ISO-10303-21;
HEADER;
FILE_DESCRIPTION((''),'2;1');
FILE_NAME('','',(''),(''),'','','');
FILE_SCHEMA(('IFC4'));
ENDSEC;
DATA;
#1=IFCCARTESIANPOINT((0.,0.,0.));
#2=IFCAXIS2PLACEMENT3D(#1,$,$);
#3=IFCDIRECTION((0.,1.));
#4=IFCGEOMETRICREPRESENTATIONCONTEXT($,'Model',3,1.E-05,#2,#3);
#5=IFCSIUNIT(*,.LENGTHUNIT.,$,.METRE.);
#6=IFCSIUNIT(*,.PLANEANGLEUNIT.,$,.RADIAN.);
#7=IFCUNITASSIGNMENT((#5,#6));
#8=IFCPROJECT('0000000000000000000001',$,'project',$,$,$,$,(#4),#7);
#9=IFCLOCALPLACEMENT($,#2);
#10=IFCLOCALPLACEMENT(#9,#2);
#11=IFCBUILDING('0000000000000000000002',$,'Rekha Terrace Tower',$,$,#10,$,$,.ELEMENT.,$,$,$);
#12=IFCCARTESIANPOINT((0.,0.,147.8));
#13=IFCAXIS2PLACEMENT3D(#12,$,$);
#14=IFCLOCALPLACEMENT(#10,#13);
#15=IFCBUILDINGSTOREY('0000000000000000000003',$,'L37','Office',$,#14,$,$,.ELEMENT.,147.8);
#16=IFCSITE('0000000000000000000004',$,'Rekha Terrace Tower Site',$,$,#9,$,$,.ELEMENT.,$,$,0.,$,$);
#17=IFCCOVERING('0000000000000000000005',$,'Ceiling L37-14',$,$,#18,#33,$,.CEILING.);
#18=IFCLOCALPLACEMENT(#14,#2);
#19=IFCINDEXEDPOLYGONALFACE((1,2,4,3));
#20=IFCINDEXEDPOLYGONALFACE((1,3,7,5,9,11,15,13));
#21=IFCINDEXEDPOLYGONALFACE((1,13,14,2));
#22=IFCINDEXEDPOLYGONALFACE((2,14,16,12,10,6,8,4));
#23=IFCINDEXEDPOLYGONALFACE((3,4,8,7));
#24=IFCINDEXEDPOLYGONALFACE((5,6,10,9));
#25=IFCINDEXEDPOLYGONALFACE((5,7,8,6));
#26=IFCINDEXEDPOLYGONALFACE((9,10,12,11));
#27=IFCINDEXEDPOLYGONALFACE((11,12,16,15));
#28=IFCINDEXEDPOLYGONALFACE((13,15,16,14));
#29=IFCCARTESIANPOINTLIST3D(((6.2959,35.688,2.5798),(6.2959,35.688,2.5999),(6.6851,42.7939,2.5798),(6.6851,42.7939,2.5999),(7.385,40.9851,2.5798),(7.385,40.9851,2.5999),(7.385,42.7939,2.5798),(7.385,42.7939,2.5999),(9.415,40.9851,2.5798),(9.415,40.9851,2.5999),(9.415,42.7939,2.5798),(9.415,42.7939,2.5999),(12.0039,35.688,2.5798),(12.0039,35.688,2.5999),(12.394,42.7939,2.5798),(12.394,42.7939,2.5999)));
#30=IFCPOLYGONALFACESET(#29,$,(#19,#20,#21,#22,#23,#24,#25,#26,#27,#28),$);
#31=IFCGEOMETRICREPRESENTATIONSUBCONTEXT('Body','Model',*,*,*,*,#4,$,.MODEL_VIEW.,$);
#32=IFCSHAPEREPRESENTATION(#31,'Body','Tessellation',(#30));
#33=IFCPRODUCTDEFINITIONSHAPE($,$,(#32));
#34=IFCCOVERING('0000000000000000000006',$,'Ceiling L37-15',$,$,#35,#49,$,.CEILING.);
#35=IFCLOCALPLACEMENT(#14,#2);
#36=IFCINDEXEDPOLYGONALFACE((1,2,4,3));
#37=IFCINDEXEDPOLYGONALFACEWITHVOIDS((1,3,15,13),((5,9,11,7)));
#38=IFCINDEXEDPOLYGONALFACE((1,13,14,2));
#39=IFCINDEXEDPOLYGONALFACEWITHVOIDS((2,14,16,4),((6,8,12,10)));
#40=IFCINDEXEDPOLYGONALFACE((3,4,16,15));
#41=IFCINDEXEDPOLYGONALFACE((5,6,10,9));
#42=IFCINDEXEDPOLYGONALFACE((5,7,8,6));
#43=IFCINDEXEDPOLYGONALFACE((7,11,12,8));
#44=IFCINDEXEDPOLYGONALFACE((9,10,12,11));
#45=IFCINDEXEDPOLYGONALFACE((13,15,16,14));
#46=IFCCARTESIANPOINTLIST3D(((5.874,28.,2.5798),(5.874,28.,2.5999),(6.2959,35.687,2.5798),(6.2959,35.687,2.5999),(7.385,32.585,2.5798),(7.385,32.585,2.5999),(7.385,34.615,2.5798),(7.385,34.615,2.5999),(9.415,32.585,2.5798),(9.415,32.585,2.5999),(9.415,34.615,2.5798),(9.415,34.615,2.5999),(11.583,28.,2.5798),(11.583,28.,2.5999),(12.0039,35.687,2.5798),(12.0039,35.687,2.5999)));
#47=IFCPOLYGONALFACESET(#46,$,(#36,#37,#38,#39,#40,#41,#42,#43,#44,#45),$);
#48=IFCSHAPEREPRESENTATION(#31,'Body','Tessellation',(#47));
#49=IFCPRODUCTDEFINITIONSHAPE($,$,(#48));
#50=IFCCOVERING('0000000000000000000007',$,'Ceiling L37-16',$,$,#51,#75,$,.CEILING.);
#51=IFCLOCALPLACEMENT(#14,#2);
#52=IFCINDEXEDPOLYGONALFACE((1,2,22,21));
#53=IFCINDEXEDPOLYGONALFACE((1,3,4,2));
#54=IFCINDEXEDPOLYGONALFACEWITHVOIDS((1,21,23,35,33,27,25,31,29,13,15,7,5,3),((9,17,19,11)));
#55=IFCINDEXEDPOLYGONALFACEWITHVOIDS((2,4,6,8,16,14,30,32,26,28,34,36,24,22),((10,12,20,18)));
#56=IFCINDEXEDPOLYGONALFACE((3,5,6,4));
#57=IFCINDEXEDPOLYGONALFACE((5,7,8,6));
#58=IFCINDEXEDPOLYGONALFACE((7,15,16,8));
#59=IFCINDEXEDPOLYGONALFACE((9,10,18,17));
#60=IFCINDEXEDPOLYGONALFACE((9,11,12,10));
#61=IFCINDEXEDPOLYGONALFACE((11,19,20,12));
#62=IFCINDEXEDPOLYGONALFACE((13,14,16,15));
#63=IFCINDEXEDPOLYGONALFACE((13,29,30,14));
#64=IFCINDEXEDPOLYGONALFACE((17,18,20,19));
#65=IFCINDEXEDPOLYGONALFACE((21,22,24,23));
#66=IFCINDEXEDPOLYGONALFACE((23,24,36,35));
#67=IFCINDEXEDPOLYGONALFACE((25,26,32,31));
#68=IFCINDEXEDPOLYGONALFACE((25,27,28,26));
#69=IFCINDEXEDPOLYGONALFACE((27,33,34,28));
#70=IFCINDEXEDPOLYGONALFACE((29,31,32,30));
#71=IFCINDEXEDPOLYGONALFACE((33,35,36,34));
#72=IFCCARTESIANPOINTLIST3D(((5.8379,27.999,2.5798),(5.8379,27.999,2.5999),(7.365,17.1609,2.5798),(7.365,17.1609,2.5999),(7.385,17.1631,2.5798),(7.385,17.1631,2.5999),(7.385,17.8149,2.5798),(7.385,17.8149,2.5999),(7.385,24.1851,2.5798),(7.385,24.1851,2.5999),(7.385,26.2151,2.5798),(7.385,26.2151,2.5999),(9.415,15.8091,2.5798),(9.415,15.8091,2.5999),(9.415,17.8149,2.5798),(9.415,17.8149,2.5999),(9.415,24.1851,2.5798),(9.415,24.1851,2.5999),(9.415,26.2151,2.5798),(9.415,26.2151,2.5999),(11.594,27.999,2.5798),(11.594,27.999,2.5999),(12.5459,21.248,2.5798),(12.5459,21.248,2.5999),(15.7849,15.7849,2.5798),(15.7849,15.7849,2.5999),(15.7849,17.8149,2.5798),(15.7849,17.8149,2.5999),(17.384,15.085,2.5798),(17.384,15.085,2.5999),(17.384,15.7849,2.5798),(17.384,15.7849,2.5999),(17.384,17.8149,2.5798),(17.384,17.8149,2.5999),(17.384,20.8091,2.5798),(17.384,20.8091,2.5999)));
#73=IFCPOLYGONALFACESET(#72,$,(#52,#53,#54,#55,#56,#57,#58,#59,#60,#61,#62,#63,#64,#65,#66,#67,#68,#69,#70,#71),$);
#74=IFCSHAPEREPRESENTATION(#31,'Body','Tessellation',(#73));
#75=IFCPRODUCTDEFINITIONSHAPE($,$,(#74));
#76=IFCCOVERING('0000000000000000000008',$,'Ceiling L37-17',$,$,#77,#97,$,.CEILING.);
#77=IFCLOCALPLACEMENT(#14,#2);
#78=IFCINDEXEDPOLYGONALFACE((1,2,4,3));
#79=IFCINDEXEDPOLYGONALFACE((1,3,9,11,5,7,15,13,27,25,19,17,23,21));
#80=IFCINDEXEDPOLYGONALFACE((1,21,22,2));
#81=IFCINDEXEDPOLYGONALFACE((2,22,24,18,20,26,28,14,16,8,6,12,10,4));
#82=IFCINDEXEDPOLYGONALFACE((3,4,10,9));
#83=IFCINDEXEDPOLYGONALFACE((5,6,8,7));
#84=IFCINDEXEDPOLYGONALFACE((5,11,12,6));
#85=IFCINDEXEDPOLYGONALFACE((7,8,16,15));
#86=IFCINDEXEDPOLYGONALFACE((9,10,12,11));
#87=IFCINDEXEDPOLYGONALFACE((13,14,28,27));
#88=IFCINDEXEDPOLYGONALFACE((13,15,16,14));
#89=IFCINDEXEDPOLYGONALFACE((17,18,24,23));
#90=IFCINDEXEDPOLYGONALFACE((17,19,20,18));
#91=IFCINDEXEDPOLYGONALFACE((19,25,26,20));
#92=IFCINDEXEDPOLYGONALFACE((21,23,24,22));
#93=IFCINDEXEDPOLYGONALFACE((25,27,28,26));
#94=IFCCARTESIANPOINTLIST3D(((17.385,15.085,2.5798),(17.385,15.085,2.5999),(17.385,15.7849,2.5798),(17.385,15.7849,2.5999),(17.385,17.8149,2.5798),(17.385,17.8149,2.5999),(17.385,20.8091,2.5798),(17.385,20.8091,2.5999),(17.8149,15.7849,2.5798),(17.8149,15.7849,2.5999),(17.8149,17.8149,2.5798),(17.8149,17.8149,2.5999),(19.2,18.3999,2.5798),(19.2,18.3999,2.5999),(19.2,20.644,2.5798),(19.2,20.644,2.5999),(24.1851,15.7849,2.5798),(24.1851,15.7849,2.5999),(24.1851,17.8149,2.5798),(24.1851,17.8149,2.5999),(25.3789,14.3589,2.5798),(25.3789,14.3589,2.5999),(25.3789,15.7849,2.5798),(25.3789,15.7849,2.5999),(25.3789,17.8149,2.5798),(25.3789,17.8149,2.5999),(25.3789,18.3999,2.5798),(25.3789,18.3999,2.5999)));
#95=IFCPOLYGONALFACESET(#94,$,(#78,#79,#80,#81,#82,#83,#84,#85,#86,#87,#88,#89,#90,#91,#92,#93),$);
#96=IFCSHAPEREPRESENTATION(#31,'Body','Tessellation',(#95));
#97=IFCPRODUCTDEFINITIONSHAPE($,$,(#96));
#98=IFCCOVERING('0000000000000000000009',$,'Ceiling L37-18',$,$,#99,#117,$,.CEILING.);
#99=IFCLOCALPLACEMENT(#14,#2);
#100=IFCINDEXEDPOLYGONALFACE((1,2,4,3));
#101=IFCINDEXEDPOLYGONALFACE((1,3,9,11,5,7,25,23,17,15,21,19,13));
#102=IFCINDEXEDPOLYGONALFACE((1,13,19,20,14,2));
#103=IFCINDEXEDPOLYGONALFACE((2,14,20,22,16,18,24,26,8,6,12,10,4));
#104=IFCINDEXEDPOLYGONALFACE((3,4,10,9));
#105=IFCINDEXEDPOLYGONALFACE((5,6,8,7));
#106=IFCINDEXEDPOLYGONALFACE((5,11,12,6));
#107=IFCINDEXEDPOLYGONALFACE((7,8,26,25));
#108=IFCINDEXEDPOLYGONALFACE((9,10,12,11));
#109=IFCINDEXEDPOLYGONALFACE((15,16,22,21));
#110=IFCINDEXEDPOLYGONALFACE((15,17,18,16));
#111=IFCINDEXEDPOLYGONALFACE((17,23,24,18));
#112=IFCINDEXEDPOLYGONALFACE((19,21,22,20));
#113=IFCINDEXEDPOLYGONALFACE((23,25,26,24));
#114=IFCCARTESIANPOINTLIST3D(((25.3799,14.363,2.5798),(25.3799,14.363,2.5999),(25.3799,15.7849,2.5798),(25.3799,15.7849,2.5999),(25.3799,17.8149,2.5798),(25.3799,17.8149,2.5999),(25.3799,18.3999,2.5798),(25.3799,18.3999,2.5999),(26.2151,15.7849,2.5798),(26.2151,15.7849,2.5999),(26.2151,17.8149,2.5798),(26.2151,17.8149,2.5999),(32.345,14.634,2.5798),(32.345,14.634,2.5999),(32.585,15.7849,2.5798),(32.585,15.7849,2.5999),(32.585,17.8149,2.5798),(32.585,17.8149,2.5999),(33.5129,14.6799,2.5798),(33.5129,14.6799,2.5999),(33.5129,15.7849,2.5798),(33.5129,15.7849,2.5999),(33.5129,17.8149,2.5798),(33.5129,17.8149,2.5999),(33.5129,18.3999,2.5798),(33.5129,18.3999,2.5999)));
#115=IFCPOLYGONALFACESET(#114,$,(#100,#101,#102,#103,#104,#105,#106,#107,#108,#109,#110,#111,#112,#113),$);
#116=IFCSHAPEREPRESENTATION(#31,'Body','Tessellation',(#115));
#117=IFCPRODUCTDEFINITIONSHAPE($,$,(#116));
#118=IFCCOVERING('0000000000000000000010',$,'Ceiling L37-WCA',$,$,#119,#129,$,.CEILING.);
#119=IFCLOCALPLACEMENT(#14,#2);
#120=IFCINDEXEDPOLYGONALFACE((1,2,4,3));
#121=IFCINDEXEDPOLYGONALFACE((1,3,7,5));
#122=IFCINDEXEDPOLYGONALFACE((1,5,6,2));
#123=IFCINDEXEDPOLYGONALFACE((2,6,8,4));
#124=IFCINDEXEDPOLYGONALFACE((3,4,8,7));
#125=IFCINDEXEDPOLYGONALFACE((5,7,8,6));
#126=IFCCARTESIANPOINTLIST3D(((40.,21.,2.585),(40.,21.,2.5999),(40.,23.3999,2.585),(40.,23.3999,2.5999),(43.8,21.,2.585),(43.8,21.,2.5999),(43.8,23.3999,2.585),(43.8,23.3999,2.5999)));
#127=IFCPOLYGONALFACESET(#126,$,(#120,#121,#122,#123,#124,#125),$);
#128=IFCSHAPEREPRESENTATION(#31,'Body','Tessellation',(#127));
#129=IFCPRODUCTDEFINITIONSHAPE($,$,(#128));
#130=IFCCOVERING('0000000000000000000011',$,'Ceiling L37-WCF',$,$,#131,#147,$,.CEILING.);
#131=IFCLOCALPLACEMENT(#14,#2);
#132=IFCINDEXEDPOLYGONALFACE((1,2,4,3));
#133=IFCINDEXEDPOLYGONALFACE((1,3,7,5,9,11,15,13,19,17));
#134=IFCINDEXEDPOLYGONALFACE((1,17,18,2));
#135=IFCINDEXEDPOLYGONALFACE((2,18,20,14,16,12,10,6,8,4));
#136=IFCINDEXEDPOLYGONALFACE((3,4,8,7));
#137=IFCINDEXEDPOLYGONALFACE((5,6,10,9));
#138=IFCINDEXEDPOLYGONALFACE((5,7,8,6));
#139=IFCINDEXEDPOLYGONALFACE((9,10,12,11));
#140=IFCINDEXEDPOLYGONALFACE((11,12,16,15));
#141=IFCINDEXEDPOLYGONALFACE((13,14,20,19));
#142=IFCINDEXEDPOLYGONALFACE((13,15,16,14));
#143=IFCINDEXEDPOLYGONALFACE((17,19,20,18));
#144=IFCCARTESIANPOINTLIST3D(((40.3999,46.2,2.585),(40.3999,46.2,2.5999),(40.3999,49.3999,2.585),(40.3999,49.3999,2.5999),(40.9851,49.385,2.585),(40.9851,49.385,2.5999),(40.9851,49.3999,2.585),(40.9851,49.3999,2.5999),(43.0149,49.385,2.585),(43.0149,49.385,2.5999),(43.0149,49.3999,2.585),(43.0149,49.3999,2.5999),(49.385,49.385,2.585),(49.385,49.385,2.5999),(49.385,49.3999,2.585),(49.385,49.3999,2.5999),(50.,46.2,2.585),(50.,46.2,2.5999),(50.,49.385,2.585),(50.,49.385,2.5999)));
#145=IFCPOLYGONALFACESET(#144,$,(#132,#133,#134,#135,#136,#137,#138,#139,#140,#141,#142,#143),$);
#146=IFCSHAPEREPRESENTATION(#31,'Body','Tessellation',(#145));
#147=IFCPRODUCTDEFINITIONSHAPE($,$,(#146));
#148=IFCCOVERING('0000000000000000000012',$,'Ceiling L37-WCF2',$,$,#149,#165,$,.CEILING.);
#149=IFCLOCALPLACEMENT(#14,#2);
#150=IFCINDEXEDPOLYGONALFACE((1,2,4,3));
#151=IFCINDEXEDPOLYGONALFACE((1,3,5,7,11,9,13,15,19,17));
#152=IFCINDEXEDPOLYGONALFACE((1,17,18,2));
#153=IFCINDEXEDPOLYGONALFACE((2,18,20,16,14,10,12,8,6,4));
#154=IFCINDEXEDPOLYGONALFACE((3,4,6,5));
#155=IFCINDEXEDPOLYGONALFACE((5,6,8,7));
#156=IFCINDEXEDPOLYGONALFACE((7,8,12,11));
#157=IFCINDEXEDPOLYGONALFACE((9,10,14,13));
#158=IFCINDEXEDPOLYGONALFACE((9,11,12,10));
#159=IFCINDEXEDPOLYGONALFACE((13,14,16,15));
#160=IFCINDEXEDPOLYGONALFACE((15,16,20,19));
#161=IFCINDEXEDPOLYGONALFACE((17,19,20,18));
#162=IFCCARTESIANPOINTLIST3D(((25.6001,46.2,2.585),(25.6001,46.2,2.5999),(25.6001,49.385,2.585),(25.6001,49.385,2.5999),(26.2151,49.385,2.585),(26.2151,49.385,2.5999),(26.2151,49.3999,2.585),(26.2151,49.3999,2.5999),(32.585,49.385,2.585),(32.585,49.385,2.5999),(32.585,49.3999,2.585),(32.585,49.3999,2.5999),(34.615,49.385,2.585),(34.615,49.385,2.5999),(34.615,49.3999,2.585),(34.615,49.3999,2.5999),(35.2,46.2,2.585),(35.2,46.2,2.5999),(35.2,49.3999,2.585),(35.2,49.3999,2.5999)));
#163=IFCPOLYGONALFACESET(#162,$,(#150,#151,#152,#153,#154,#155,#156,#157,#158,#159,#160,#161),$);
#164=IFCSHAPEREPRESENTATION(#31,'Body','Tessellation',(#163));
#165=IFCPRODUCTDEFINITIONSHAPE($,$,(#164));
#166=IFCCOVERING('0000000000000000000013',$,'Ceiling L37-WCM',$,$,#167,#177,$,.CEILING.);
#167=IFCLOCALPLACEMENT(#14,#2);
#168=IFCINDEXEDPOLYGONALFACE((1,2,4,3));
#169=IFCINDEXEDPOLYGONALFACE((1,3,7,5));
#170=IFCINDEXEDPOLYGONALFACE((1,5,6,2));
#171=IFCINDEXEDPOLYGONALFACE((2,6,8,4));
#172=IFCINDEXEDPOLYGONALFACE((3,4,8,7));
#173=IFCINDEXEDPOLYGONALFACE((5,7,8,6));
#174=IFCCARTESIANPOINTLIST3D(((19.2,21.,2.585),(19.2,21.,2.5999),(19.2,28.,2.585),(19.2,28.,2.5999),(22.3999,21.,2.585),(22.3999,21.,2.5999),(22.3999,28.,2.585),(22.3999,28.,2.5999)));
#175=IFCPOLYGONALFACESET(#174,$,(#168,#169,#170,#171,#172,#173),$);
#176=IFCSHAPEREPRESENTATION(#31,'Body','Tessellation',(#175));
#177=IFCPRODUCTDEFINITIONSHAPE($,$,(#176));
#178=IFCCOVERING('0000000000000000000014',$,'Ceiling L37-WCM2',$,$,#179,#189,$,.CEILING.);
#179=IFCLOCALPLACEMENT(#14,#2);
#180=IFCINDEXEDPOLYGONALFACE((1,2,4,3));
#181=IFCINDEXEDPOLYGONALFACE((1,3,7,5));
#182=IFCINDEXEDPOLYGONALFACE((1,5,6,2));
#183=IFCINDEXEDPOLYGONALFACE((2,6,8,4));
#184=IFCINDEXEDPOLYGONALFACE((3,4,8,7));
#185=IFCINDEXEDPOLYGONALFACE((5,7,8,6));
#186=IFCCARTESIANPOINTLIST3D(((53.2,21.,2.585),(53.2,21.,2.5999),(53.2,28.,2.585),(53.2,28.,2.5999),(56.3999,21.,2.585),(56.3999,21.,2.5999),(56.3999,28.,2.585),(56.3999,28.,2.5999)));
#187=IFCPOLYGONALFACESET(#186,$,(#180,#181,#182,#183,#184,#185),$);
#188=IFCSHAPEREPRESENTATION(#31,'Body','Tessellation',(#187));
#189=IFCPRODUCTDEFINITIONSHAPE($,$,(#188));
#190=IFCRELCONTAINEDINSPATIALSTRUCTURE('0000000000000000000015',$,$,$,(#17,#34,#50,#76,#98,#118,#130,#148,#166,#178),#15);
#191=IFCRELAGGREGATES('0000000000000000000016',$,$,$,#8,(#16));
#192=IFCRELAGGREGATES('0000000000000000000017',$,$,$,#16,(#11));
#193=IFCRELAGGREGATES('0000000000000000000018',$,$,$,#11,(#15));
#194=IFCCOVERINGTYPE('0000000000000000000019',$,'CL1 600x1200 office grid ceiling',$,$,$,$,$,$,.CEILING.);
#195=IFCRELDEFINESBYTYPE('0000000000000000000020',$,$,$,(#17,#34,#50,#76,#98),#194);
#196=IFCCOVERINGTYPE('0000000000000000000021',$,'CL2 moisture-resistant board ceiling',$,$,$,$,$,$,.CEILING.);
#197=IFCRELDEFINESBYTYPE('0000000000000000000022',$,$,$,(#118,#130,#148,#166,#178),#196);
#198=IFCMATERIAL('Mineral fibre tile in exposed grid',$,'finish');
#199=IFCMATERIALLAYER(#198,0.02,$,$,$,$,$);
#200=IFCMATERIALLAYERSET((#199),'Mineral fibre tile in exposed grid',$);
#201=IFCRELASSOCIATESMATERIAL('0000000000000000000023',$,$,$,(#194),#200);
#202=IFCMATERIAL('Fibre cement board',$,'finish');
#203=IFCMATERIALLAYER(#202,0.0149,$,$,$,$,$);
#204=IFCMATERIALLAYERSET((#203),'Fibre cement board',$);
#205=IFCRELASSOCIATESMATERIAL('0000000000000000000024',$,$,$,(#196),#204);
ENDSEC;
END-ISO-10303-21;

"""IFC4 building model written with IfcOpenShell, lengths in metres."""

from ifc_helpers import new_model, si_unit, direction, frame, origin, place, context, subcontext, project, spatial, polyline, outline, extrude, material, layer, layer_set, type_object, element, save


model = new_model("IFC4")

# Units and contexts
model_context = context("Model", 3, precision=1e-05, world=origin(), true_north=direction((0.0, 1.0)))
body_context = subcontext(model_context, "Body", "Model", "MODEL_VIEW")
ifc_project = project(units=[si_unit("LENGTHUNIT", "METRE"), si_unit("PLANEANGLEUNIT", "RADIAN")], contexts=[model_context])

# Site, building, storey
site_placement = place(None, origin())
site = spatial("IfcSite", under=ifc_project, at=site_placement, Name="Rekha Terrace Tower Site", CompositionType="ELEMENT", RefElevation=0.0)
building_placement = place(site_placement, origin())
building = spatial("IfcBuilding", under=site, at=building_placement, Name="Rekha Terrace Tower", CompositionType="ELEMENT")
storey_placement = place(building_placement, frame((0.0, 0.0, 147.8)))
storey = spatial("IfcBuildingStorey", under=building, at=storey_placement, Name="L37", Description="Office", CompositionType="ELEMENT", Elevation=147.8)

# Coverings
ifc_material_1 = material(Name="Mineral fibre tile in exposed grid", Category="finish")
ifc_layer_1 = layer(ifc_material_1, 0.02)
ifc_layer_set_1 = layer_set([ifc_layer_1], Name="Mineral fibre tile in exposed grid")
covering_type_1 = type_object("IfcCoveringType", Name="CL1 600x1200 office grid ceiling", PredefinedType="CEILING", material=ifc_layer_set_1)
covering_1_placement = place(storey_placement, frame((0.0, 0.0, 2.5798)))
element("IfcCovering", 1, at=covering_1_placement, inside=storey, type_object=covering_type_1, Name="Ceiling L37-14", PredefinedType="CEILING", context=body_context, shape_type="SweptSolid", body=[
    extrude(outline(polyline([(6.2959, 35.688), (12.0039, 35.688), (12.394, 42.7939), (9.415, 42.7939), (9.415, 40.9851), (7.385, 40.9851), (7.385, 42.7939), (6.6851, 42.7939), (6.2959, 35.688)])), origin(), (0.0, 0.0, 1.0), 0.02),
])
covering_2_placement = place(storey_placement, frame((0.0, 0.0, 2.5798)))
element("IfcCovering", 2, at=covering_2_placement, inside=storey, type_object=covering_type_1, Name="Ceiling L37-15", PredefinedType="CEILING", context=body_context, shape_type="SweptSolid", body=[
    extrude(outline(polyline([(5.874, 28.0), (11.583, 28.0), (12.0039, 35.687), (6.2959, 35.687), (5.874, 28.0)]), holes=[polyline([(9.415, 32.585), (7.385, 32.585), (7.385, 34.615), (9.415, 34.615), (9.415, 32.585)])]), origin(), (0.0, 0.0, 1.0), 0.02),
])
covering_3_placement = place(storey_placement, frame((0.0, 0.0, 2.5798)))
element("IfcCovering", 3, at=covering_3_placement, inside=storey, type_object=covering_type_1, Name="Ceiling L37-16", PredefinedType="CEILING", context=body_context, shape_type="SweptSolid", body=[
    extrude(outline(polyline([(17.384, 20.8091), (12.5459, 21.248), (11.594, 27.999), (5.8379, 27.999), (7.365, 17.1609), (7.385, 17.1631), (7.385, 17.8149), (9.415, 17.8149), (9.415, 15.8091), (17.384, 15.085), (17.384, 15.7849), (15.7849, 15.7849), (15.7849, 17.8149), (17.384, 17.8149), (17.384, 20.8091)]), holes=[polyline([(9.415, 24.1851), (7.385, 24.1851), (7.385, 26.2151), (9.415, 26.2151), (9.415, 24.1851)])]), origin(), (0.0, 0.0, 1.0), 0.02),
])
covering_4_placement = place(storey_placement, frame((0.0, 0.0, 2.5798)))
element("IfcCovering", 4, at=covering_4_placement, inside=storey, type_object=covering_type_1, Name="Ceiling L37-17", PredefinedType="CEILING", context=body_context, shape_type="SweptSolid", body=[
    extrude(outline(polyline([(19.2, 18.3999), (19.2, 20.644), (17.385, 20.8091), (17.385, 17.8149), (17.8149, 17.8149), (17.8149, 15.7849), (17.385, 15.7849), (17.385, 15.085), (25.3789, 14.3589), (25.3789, 15.7849), (24.1851, 15.7849), (24.1851, 17.8149), (25.3789, 17.8149), (25.3789, 18.3999), (19.2, 18.3999)])), origin(), (0.0, 0.0, 1.0), 0.02),
])
covering_5_placement = place(storey_placement, frame((0.0, 0.0, 2.5798)))
element("IfcCovering", 5, at=covering_5_placement, inside=storey, type_object=covering_type_1, Name="Ceiling L37-18", PredefinedType="CEILING", context=body_context, shape_type="SweptSolid", body=[
    extrude(outline(polyline([(33.5129, 17.8149), (33.5129, 18.3999), (25.3799, 18.3999), (25.3799, 17.8149), (26.2151, 17.8149), (26.2151, 15.7849), (25.3799, 15.7849), (25.3799, 14.363), (32.345, 14.634), (33.5129, 14.6799), (33.5129, 15.7849), (32.585, 15.7849), (32.585, 17.8149), (33.5129, 17.8149)])), origin(), (0.0, 0.0, 1.0), 0.02),
])
ifc_material_2 = material(Name="Fibre cement board", Category="finish")
ifc_layer_2 = layer(ifc_material_2, 0.0149)
ifc_layer_set_2 = layer_set([ifc_layer_2], Name="Fibre cement board")
covering_type_2 = type_object("IfcCoveringType", Name="CL2 moisture-resistant board ceiling", PredefinedType="CEILING", material=ifc_layer_set_2)
covering_6_placement = place(storey_placement, frame((0.0, 0.0, 2.585)))
element("IfcCovering", 6, at=covering_6_placement, inside=storey, type_object=covering_type_2, Name="Ceiling L37-WCA", PredefinedType="CEILING", context=body_context, shape_type="SweptSolid", body=[
    extrude(outline(polyline([(43.8, 23.3999), (40.0, 23.3999), (40.0, 21.0), (43.8, 21.0), (43.8, 23.3999)])), origin(), (0.0, 0.0, 1.0), 0.0149),
])
covering_7_placement = place(storey_placement, frame((0.0, 0.0, 2.585)))
element("IfcCovering", 7, at=covering_7_placement, inside=storey, type_object=covering_type_2, Name="Ceiling L37-WCF", PredefinedType="CEILING", context=body_context, shape_type="SweptSolid", body=[
    extrude(outline(polyline([(40.9851, 49.3999), (40.3999, 49.3999), (40.3999, 46.2), (50.0, 46.2), (50.0, 49.385), (49.385, 49.385), (49.385, 49.3999), (43.0149, 49.3999), (43.0149, 49.385), (40.9851, 49.385), (40.9851, 49.3999)])), origin(), (0.0, 0.0, 1.0), 0.0149),
])
covering_8_placement = place(storey_placement, frame((0.0, 0.0, 2.585)))
element("IfcCovering", 8, at=covering_8_placement, inside=storey, type_object=covering_type_2, Name="Ceiling L37-WCF2", PredefinedType="CEILING", context=body_context, shape_type="SweptSolid", body=[
    extrude(outline(polyline([(26.2151, 49.385), (25.6001, 49.385), (25.6001, 46.2), (35.2, 46.2), (35.2, 49.3999), (34.615, 49.3999), (34.615, 49.385), (32.585, 49.385), (32.585, 49.3999), (26.2151, 49.3999), (26.2151, 49.385)])), origin(), (0.0, 0.0, 1.0), 0.0149),
])
covering_9_placement = place(storey_placement, frame((0.0, 0.0, 2.585)))
element("IfcCovering", 9, at=covering_9_placement, inside=storey, type_object=covering_type_2, Name="Ceiling L37-WCM", PredefinedType="CEILING", context=body_context, shape_type="SweptSolid", body=[
    extrude(outline(polyline([(22.3999, 28.0), (19.2, 28.0), (19.2, 21.0), (22.3999, 21.0), (22.3999, 28.0)])), origin(), (0.0, 0.0, 1.0), 0.0149),
])
covering_10_placement = place(storey_placement, frame((0.0, 0.0, 2.585)))
element("IfcCovering", 10, at=covering_10_placement, inside=storey, type_object=covering_type_2, Name="Ceiling L37-WCM2", PredefinedType="CEILING", context=body_context, shape_type="SweptSolid", body=[
    extrude(outline(polyline([(56.3999, 28.0), (53.2, 28.0), (53.2, 21.0), (56.3999, 21.0), (56.3999, 28.0)])), origin(), (0.0, 0.0, 1.0), 0.0149),
])

save(model, "model.ifc")
